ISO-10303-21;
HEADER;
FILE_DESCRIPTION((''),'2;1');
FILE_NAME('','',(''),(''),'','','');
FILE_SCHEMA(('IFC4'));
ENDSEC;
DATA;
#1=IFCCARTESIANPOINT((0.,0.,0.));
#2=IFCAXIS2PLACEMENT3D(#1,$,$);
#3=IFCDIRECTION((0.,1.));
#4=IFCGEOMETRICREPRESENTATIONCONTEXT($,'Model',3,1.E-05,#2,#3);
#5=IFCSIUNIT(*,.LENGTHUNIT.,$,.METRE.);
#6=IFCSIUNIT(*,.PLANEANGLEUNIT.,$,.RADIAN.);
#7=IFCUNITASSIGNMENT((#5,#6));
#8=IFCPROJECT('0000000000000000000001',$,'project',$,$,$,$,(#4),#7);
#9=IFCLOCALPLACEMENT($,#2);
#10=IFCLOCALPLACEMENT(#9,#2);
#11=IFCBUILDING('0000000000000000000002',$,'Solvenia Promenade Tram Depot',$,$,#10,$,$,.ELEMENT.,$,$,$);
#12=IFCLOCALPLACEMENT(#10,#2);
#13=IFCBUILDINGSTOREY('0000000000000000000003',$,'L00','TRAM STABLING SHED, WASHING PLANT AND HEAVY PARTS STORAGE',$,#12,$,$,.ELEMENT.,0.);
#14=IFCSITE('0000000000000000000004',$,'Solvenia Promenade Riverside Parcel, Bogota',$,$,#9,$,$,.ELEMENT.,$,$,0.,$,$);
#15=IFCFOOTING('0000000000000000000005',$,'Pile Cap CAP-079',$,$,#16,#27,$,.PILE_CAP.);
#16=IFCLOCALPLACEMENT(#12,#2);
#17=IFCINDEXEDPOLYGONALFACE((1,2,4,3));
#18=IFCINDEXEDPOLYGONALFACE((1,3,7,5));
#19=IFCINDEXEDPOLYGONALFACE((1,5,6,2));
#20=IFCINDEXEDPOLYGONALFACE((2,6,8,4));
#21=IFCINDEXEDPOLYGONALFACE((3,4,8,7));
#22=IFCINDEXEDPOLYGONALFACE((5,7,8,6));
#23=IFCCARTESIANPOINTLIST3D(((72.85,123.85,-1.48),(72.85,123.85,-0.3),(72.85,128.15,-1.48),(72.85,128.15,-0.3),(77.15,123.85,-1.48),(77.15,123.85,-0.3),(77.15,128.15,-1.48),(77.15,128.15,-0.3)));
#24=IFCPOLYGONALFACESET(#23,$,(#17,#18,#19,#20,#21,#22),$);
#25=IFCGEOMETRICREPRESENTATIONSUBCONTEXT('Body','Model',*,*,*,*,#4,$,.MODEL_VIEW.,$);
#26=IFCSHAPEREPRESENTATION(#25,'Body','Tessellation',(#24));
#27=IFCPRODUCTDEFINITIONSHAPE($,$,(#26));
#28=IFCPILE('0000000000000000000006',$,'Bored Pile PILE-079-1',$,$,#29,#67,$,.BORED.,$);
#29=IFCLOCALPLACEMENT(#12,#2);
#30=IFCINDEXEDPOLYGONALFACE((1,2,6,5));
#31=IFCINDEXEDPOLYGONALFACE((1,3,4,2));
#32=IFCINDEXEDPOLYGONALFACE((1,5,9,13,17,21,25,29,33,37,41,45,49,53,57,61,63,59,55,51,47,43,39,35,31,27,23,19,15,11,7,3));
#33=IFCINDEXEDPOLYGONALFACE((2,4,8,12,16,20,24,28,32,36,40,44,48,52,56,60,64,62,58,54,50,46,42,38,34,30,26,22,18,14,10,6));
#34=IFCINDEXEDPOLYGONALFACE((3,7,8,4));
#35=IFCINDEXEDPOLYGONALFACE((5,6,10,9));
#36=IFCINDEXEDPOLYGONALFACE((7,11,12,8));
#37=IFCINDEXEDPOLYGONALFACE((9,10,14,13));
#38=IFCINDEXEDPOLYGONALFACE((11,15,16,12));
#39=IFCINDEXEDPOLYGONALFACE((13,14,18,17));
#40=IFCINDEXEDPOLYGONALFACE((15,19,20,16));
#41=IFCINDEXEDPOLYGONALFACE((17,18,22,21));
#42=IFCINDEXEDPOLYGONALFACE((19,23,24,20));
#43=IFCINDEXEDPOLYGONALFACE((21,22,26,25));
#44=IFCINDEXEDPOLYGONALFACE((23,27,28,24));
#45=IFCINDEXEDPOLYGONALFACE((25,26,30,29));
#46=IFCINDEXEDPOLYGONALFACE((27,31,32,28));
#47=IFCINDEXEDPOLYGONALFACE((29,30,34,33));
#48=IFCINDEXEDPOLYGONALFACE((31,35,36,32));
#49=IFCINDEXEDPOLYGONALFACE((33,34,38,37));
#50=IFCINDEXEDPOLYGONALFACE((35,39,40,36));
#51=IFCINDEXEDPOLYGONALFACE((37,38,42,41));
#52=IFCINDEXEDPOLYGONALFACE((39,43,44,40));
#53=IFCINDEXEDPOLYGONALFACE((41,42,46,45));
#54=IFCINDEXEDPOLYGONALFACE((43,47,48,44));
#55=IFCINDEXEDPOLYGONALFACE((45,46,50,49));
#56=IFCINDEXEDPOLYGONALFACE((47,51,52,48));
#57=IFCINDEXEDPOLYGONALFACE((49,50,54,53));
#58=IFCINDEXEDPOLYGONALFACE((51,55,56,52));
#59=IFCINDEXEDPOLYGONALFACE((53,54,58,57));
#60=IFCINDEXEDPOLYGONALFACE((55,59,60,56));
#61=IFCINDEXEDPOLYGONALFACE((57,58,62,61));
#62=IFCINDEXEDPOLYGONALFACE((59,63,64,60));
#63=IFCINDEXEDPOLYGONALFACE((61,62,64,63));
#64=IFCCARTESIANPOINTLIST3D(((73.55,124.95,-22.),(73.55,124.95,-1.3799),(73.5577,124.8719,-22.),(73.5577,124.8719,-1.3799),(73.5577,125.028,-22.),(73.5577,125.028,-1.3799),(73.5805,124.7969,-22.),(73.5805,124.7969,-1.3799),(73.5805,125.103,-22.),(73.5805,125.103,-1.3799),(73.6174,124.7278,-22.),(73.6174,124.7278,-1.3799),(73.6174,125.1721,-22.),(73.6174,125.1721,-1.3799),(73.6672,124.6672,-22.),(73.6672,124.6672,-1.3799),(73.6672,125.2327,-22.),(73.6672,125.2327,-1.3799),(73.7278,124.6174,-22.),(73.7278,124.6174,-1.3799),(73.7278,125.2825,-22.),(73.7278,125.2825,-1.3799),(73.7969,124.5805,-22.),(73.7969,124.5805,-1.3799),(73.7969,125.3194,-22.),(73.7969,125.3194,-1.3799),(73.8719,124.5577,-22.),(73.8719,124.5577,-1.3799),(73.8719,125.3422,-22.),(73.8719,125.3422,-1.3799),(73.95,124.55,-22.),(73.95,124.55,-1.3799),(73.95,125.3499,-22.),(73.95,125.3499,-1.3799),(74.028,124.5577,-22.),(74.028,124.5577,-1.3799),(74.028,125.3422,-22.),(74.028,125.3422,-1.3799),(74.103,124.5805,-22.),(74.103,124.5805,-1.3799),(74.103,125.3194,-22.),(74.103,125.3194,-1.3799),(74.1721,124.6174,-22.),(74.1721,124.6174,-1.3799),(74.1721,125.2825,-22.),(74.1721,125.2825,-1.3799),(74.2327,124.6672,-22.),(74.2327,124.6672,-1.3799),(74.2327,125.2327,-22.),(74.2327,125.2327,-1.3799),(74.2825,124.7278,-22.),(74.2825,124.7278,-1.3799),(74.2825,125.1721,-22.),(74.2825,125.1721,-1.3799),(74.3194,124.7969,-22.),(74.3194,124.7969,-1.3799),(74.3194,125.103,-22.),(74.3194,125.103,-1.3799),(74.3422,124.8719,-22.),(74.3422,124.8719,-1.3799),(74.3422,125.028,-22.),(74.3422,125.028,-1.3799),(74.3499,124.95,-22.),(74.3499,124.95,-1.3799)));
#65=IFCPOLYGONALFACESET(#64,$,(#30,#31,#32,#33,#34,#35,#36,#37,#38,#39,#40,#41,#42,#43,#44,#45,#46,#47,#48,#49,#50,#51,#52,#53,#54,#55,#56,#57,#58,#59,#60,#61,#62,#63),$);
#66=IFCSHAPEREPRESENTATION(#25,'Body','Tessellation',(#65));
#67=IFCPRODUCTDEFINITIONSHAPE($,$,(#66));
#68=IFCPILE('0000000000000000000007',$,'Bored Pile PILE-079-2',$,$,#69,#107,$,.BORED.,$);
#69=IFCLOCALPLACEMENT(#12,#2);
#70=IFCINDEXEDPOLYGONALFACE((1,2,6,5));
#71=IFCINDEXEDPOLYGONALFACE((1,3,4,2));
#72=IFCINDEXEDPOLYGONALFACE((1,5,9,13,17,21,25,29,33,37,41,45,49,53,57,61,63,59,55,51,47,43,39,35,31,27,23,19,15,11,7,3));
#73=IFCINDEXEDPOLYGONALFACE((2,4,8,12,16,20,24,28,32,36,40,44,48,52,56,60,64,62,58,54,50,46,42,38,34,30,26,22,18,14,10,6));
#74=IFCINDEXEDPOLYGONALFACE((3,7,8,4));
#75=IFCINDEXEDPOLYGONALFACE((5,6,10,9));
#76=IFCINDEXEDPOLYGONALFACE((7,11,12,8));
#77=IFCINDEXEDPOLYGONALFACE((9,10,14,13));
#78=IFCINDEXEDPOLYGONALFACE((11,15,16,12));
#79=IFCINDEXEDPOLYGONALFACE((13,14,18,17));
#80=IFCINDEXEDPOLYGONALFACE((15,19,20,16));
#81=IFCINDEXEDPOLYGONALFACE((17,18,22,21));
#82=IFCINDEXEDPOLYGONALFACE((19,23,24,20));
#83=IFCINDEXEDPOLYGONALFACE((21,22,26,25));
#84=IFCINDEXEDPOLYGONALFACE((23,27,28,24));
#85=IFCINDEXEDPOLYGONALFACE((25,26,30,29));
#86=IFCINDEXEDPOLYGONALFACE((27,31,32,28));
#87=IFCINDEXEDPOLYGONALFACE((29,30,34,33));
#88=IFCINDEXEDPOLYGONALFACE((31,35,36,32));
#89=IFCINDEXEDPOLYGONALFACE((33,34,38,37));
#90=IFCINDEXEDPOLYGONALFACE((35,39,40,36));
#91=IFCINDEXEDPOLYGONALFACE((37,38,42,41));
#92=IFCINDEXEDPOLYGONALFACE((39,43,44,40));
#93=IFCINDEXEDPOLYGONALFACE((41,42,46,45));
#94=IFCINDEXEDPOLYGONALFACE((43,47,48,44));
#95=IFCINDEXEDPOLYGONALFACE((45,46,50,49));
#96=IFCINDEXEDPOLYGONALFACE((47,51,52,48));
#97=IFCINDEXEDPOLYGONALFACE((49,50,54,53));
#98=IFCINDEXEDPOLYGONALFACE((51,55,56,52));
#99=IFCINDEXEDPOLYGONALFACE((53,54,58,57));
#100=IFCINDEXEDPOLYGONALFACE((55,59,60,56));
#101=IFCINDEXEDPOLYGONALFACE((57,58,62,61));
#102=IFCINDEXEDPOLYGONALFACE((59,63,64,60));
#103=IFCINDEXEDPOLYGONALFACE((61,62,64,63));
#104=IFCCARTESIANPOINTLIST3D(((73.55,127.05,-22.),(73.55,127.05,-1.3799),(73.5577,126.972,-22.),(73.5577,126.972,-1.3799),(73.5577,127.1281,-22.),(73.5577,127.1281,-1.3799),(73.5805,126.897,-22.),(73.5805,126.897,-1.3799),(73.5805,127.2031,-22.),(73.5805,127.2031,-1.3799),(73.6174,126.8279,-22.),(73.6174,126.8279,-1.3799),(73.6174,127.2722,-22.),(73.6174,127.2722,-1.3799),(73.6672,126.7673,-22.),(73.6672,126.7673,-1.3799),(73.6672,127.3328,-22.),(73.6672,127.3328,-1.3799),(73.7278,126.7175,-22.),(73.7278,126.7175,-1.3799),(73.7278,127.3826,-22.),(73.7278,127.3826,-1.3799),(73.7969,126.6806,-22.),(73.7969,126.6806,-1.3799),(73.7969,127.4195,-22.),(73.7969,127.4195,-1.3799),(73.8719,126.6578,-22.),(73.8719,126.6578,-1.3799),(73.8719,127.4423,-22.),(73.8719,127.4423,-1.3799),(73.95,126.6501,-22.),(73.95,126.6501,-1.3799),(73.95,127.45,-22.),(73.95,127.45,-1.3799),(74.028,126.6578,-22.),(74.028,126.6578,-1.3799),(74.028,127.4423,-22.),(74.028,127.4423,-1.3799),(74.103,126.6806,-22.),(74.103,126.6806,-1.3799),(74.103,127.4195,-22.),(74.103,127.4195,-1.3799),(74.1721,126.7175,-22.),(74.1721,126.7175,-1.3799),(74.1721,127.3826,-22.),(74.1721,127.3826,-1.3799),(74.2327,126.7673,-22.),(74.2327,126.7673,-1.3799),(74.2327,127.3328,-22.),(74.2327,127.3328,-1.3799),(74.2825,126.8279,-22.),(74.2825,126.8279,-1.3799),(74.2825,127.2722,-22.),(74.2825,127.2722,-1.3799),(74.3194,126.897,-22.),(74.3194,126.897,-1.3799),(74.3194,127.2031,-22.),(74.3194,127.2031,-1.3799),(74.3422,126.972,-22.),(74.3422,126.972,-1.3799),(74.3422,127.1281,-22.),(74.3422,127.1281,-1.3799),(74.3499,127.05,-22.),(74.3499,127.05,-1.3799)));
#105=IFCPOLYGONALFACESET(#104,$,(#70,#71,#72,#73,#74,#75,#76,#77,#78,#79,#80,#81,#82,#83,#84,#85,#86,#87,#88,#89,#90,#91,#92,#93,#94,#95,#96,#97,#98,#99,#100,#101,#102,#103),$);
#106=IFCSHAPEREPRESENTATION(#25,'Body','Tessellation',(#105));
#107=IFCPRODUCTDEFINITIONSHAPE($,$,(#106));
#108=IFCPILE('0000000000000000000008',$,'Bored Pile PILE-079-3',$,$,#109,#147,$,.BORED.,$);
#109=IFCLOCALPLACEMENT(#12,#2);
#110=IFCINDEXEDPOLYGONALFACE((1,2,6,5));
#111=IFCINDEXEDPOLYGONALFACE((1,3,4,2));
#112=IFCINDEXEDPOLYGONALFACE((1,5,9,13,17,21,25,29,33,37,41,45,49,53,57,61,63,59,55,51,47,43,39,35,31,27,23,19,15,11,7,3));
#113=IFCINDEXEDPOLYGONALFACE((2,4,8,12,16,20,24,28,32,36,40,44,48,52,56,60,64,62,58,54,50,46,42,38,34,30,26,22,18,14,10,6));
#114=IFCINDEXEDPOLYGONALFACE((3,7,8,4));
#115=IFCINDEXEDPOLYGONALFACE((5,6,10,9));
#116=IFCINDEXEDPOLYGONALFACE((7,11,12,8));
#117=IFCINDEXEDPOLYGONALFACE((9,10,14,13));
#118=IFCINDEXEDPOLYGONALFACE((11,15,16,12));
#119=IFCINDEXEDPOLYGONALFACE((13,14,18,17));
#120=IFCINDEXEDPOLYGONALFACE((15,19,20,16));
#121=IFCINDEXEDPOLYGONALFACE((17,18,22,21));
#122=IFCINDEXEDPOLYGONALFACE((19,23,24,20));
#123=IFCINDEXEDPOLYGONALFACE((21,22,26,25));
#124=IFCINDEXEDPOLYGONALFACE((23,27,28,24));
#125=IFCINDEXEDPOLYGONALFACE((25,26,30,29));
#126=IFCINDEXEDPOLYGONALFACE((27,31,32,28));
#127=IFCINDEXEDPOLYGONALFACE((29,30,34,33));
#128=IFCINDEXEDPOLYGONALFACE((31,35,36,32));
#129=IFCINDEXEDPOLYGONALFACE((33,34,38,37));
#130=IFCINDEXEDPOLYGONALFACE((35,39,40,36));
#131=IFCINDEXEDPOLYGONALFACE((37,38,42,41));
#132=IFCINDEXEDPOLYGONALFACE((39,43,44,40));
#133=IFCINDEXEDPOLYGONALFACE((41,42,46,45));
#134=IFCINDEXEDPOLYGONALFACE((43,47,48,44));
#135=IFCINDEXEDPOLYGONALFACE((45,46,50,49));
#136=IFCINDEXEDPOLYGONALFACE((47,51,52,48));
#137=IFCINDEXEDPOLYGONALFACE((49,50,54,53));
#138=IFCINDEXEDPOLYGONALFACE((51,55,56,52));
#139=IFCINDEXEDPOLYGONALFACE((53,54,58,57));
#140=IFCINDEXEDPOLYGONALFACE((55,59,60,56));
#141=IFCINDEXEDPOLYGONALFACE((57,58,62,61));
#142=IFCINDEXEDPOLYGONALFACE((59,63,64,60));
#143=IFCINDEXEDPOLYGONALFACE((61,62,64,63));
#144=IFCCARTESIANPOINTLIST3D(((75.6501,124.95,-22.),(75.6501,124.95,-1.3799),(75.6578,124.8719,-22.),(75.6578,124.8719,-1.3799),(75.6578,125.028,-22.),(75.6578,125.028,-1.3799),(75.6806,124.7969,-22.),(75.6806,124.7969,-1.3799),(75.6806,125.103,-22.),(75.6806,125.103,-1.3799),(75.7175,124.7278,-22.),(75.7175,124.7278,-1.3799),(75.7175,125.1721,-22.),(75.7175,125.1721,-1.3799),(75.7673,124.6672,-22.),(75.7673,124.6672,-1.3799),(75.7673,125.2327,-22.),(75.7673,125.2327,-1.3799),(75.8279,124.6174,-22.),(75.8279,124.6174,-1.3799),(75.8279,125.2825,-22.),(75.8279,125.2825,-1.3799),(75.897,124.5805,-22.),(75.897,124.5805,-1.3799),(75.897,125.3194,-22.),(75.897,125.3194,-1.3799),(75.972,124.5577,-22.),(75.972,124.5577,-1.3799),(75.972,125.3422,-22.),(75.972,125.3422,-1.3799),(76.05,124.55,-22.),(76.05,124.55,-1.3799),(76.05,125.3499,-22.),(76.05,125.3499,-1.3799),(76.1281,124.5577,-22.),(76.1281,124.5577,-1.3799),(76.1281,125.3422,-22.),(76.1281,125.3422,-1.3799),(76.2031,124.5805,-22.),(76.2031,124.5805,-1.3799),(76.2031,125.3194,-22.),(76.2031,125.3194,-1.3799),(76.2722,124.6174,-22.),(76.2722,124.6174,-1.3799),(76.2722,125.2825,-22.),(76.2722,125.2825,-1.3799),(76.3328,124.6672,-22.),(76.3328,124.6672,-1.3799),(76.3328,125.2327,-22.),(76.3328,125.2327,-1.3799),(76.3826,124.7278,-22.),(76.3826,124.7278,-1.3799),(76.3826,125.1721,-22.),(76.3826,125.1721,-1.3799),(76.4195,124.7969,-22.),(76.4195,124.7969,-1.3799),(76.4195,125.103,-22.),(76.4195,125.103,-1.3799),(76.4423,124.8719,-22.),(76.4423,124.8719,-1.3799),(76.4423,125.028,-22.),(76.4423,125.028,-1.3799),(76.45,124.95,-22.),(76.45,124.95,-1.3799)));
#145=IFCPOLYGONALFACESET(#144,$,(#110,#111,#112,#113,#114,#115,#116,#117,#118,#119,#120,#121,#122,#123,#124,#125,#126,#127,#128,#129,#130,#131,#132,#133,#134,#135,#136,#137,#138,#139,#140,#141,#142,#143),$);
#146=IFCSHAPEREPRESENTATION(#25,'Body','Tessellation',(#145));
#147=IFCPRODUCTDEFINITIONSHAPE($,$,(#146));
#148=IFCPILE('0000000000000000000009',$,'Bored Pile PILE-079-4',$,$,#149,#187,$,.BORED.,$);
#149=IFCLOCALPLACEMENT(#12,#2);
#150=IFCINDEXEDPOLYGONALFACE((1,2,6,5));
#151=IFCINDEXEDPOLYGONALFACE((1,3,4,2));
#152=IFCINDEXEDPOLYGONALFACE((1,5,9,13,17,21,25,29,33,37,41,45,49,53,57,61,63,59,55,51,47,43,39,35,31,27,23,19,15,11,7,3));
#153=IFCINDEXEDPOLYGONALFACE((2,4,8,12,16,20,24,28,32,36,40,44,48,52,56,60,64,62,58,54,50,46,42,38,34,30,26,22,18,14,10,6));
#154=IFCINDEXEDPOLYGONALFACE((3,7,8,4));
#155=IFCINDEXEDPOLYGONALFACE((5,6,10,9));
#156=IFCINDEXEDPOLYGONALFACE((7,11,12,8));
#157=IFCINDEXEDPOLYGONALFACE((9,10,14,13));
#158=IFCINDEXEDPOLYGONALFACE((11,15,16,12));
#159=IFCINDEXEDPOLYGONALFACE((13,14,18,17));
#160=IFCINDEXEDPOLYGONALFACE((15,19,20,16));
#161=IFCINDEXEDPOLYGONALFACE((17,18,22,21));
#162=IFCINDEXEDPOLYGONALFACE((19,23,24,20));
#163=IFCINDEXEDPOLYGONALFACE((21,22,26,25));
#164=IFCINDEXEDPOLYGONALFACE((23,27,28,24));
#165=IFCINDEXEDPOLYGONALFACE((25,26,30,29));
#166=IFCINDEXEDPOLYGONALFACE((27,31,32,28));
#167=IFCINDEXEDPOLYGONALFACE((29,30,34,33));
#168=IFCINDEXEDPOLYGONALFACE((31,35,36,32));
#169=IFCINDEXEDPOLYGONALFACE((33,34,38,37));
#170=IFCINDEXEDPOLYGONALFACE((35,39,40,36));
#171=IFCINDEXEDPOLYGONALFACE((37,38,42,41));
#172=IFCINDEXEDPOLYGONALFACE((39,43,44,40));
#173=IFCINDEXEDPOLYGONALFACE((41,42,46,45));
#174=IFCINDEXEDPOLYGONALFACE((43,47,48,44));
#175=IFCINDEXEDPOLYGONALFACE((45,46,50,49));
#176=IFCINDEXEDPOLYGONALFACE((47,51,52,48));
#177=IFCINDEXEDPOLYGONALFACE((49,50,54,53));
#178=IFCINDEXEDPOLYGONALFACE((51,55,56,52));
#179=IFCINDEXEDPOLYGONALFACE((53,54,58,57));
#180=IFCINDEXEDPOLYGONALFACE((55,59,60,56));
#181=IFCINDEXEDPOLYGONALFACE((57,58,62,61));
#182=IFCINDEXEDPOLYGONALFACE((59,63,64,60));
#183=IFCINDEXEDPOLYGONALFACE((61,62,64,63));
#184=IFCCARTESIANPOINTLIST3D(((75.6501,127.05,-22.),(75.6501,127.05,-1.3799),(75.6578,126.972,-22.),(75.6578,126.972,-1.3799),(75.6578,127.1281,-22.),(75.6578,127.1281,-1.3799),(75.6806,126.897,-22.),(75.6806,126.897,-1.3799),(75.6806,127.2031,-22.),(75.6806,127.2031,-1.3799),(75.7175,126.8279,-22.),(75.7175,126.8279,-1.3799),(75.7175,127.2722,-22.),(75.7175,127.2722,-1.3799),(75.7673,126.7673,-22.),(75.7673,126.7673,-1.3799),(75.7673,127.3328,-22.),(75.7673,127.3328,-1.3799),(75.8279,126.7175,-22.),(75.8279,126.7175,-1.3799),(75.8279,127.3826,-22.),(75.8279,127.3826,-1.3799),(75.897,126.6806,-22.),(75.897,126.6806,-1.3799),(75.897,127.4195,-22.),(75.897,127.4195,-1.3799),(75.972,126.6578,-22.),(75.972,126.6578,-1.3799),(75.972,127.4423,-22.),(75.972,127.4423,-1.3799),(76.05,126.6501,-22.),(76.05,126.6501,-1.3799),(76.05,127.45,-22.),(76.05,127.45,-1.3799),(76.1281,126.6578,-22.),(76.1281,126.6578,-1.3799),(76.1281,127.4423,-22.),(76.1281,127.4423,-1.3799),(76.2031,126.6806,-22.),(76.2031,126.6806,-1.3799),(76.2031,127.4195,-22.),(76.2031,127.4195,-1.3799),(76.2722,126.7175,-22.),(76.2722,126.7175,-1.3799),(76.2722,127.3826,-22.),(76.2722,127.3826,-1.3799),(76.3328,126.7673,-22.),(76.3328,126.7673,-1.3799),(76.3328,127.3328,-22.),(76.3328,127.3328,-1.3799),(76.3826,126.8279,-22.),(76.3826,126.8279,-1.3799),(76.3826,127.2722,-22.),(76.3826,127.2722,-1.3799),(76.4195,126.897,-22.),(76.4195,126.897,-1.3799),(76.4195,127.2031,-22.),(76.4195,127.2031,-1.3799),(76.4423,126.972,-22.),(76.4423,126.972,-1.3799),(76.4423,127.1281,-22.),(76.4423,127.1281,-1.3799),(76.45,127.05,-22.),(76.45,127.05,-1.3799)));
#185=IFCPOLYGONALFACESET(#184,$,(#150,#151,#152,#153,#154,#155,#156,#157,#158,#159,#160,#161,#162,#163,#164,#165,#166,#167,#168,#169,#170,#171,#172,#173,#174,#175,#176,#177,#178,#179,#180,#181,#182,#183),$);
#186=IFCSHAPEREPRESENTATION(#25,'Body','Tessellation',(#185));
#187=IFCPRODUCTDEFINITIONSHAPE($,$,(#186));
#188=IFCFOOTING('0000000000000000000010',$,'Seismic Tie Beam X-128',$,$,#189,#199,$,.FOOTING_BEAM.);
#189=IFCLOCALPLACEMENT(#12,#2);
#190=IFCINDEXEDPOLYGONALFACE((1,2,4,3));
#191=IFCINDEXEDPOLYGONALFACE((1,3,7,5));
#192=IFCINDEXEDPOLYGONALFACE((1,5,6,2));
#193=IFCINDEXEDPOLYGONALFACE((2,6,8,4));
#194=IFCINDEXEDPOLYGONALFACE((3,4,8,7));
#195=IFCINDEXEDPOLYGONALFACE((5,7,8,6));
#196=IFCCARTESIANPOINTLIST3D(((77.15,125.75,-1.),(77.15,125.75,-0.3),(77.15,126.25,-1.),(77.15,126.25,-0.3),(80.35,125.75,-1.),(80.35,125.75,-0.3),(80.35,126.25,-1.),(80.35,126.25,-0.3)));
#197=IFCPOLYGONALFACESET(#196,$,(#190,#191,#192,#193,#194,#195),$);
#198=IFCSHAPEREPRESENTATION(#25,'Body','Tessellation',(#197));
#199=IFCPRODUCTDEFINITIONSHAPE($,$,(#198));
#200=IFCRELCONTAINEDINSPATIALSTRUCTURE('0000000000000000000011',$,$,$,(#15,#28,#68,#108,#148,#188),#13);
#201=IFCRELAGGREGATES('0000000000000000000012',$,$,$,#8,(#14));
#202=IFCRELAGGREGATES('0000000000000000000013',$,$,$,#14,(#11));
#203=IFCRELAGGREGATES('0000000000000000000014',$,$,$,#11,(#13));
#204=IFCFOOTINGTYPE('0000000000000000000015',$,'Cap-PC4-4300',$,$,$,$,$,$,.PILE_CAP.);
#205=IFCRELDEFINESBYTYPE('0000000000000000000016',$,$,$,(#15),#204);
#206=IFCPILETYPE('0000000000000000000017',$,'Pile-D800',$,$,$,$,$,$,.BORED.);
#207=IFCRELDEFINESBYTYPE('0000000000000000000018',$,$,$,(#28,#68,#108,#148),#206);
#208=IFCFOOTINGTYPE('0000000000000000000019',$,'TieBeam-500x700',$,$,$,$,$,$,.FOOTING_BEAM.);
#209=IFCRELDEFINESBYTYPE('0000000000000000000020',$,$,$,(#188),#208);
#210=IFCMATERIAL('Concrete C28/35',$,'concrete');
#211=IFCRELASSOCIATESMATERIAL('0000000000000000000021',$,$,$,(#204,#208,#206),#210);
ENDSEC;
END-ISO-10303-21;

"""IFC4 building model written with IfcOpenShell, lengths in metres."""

from ifc_helpers import new_model, si_unit, direction, frame, origin, origin_2d, place, context, subcontext, project, spatial, rectangle, circle, extrude, material, material_profile, profile_set, type_object, element, save


model = new_model("IFC4")

# Units and contexts
model_context = context("Model", 3, precision=1e-05, world=origin(), true_north=direction((0.0, 1.0)))
body_context = subcontext(model_context, "Body", "Model", "MODEL_VIEW")
ifc_project = project(units=[si_unit("LENGTHUNIT", "METRE"), si_unit("PLANEANGLEUNIT", "RADIAN")], contexts=[model_context])

# Site, building, storey
site_placement = place(None, origin())
site = spatial("IfcSite", under=ifc_project, at=site_placement, Name="Solvenia Promenade Riverside Parcel, Bogota", CompositionType="ELEMENT", RefElevation=0.0)
building_placement = place(site_placement, origin())
building = spatial("IfcBuilding", under=site, at=building_placement, Name="Solvenia Promenade Tram Depot", CompositionType="ELEMENT")
storey_placement = place(building_placement, origin())
storey = spatial("IfcBuildingStorey", under=building, at=storey_placement, Name="L00", Description="TRAM STABLING SHED, WASHING PLANT AND HEAVY PARTS STORAGE", CompositionType="ELEMENT", Elevation=0.0)

# Footing
ifc_material_1 = material(Name="Concrete C28/35", Category="concrete")
footing_type_1 = type_object("IfcFootingType", Name="Cap-PC4-4300", PredefinedType="PILE_CAP", material=ifc_material_1)
footing_1_placement = place(storey_placement, frame((75.0, 126.0, -1.48), z_axis=(0.0, 0.0, 1.0), x_axis=(1.0, 0.0, 0.0)))
element("IfcFooting", 1, at=footing_1_placement, inside=storey, type_object=footing_type_1, Name="Pile Cap CAP-079", PredefinedType="PILE_CAP", context=body_context, shape_type="SweptSolid", body=[
    extrude(rectangle(XDim=4.3, YDim=4.3, at=origin_2d()), origin(), (0.0, 0.0, 1.0), 1.1799),
])

# Piles
ifc_material_profile_1 = material_profile(ifc_material_1, circle(Radius=0.3999, at=origin_2d()), Name="D800", Category="concrete")
ifc_profile_set_1 = profile_set([ifc_material_profile_1], Name="Concrete C28/35")
pile_type = type_object("IfcPileType", Name="Pile-D800", PredefinedType="BORED", material=ifc_profile_set_1)
for number, where, z_axis, x_axis, name in (
    (2, (73.95, 124.95, -1.3799), (0.0, 0.0, -1.0), (1.0, 0.0, 0.0), "Bored Pile PILE-079-1"),
    (3, (73.95, 127.05, -1.3799), (0.0, 0.0, -1.0), (1.0, 0.0, 0.0), "Bored Pile PILE-079-2"),
    (4, (76.05, 124.95, -1.3799), (0.0, 0.0, -1.0), (1.0, 0.0, 0.0), "Bored Pile PILE-079-3"),
    (5, (76.05, 127.05, -1.3799), (0.0, 0.0, -1.0), (1.0, 0.0, 0.0), "Bored Pile PILE-079-4"),
):
    element("IfcPile", number, at=place(storey_placement, frame(where, z_axis=z_axis, x_axis=x_axis)), inside=storey, type_object=pile_type, Name=name, PredefinedType="BORED", context=body_context, shape_type="SweptSolid", body=[
        extrude(circle(Radius=0.3999, at=origin_2d()), origin(), (0.0, 0.0, 1.0), 20.6201),
    ])

# Footing
footing_type_2 = type_object("IfcFootingType", Name="TieBeam-500x700", PredefinedType="FOOTING_BEAM", material=ifc_material_1)
footing_2_placement = place(storey_placement, frame((78.75, 126.0, -1.0), z_axis=(0.0, 0.0, 1.0), x_axis=(1.0, 0.0, 0.0)))
element("IfcFooting", 6, at=footing_2_placement, inside=storey, type_object=footing_type_2, Name="Seismic Tie Beam X-128", PredefinedType="FOOTING_BEAM", context=body_context, shape_type="SweptSolid", body=[
    extrude(rectangle(XDim=3.2, YDim=0.5, at=origin_2d()), origin(), (0.0, 0.0, 1.0), 0.7),
])

save(model, "model.ifc")
